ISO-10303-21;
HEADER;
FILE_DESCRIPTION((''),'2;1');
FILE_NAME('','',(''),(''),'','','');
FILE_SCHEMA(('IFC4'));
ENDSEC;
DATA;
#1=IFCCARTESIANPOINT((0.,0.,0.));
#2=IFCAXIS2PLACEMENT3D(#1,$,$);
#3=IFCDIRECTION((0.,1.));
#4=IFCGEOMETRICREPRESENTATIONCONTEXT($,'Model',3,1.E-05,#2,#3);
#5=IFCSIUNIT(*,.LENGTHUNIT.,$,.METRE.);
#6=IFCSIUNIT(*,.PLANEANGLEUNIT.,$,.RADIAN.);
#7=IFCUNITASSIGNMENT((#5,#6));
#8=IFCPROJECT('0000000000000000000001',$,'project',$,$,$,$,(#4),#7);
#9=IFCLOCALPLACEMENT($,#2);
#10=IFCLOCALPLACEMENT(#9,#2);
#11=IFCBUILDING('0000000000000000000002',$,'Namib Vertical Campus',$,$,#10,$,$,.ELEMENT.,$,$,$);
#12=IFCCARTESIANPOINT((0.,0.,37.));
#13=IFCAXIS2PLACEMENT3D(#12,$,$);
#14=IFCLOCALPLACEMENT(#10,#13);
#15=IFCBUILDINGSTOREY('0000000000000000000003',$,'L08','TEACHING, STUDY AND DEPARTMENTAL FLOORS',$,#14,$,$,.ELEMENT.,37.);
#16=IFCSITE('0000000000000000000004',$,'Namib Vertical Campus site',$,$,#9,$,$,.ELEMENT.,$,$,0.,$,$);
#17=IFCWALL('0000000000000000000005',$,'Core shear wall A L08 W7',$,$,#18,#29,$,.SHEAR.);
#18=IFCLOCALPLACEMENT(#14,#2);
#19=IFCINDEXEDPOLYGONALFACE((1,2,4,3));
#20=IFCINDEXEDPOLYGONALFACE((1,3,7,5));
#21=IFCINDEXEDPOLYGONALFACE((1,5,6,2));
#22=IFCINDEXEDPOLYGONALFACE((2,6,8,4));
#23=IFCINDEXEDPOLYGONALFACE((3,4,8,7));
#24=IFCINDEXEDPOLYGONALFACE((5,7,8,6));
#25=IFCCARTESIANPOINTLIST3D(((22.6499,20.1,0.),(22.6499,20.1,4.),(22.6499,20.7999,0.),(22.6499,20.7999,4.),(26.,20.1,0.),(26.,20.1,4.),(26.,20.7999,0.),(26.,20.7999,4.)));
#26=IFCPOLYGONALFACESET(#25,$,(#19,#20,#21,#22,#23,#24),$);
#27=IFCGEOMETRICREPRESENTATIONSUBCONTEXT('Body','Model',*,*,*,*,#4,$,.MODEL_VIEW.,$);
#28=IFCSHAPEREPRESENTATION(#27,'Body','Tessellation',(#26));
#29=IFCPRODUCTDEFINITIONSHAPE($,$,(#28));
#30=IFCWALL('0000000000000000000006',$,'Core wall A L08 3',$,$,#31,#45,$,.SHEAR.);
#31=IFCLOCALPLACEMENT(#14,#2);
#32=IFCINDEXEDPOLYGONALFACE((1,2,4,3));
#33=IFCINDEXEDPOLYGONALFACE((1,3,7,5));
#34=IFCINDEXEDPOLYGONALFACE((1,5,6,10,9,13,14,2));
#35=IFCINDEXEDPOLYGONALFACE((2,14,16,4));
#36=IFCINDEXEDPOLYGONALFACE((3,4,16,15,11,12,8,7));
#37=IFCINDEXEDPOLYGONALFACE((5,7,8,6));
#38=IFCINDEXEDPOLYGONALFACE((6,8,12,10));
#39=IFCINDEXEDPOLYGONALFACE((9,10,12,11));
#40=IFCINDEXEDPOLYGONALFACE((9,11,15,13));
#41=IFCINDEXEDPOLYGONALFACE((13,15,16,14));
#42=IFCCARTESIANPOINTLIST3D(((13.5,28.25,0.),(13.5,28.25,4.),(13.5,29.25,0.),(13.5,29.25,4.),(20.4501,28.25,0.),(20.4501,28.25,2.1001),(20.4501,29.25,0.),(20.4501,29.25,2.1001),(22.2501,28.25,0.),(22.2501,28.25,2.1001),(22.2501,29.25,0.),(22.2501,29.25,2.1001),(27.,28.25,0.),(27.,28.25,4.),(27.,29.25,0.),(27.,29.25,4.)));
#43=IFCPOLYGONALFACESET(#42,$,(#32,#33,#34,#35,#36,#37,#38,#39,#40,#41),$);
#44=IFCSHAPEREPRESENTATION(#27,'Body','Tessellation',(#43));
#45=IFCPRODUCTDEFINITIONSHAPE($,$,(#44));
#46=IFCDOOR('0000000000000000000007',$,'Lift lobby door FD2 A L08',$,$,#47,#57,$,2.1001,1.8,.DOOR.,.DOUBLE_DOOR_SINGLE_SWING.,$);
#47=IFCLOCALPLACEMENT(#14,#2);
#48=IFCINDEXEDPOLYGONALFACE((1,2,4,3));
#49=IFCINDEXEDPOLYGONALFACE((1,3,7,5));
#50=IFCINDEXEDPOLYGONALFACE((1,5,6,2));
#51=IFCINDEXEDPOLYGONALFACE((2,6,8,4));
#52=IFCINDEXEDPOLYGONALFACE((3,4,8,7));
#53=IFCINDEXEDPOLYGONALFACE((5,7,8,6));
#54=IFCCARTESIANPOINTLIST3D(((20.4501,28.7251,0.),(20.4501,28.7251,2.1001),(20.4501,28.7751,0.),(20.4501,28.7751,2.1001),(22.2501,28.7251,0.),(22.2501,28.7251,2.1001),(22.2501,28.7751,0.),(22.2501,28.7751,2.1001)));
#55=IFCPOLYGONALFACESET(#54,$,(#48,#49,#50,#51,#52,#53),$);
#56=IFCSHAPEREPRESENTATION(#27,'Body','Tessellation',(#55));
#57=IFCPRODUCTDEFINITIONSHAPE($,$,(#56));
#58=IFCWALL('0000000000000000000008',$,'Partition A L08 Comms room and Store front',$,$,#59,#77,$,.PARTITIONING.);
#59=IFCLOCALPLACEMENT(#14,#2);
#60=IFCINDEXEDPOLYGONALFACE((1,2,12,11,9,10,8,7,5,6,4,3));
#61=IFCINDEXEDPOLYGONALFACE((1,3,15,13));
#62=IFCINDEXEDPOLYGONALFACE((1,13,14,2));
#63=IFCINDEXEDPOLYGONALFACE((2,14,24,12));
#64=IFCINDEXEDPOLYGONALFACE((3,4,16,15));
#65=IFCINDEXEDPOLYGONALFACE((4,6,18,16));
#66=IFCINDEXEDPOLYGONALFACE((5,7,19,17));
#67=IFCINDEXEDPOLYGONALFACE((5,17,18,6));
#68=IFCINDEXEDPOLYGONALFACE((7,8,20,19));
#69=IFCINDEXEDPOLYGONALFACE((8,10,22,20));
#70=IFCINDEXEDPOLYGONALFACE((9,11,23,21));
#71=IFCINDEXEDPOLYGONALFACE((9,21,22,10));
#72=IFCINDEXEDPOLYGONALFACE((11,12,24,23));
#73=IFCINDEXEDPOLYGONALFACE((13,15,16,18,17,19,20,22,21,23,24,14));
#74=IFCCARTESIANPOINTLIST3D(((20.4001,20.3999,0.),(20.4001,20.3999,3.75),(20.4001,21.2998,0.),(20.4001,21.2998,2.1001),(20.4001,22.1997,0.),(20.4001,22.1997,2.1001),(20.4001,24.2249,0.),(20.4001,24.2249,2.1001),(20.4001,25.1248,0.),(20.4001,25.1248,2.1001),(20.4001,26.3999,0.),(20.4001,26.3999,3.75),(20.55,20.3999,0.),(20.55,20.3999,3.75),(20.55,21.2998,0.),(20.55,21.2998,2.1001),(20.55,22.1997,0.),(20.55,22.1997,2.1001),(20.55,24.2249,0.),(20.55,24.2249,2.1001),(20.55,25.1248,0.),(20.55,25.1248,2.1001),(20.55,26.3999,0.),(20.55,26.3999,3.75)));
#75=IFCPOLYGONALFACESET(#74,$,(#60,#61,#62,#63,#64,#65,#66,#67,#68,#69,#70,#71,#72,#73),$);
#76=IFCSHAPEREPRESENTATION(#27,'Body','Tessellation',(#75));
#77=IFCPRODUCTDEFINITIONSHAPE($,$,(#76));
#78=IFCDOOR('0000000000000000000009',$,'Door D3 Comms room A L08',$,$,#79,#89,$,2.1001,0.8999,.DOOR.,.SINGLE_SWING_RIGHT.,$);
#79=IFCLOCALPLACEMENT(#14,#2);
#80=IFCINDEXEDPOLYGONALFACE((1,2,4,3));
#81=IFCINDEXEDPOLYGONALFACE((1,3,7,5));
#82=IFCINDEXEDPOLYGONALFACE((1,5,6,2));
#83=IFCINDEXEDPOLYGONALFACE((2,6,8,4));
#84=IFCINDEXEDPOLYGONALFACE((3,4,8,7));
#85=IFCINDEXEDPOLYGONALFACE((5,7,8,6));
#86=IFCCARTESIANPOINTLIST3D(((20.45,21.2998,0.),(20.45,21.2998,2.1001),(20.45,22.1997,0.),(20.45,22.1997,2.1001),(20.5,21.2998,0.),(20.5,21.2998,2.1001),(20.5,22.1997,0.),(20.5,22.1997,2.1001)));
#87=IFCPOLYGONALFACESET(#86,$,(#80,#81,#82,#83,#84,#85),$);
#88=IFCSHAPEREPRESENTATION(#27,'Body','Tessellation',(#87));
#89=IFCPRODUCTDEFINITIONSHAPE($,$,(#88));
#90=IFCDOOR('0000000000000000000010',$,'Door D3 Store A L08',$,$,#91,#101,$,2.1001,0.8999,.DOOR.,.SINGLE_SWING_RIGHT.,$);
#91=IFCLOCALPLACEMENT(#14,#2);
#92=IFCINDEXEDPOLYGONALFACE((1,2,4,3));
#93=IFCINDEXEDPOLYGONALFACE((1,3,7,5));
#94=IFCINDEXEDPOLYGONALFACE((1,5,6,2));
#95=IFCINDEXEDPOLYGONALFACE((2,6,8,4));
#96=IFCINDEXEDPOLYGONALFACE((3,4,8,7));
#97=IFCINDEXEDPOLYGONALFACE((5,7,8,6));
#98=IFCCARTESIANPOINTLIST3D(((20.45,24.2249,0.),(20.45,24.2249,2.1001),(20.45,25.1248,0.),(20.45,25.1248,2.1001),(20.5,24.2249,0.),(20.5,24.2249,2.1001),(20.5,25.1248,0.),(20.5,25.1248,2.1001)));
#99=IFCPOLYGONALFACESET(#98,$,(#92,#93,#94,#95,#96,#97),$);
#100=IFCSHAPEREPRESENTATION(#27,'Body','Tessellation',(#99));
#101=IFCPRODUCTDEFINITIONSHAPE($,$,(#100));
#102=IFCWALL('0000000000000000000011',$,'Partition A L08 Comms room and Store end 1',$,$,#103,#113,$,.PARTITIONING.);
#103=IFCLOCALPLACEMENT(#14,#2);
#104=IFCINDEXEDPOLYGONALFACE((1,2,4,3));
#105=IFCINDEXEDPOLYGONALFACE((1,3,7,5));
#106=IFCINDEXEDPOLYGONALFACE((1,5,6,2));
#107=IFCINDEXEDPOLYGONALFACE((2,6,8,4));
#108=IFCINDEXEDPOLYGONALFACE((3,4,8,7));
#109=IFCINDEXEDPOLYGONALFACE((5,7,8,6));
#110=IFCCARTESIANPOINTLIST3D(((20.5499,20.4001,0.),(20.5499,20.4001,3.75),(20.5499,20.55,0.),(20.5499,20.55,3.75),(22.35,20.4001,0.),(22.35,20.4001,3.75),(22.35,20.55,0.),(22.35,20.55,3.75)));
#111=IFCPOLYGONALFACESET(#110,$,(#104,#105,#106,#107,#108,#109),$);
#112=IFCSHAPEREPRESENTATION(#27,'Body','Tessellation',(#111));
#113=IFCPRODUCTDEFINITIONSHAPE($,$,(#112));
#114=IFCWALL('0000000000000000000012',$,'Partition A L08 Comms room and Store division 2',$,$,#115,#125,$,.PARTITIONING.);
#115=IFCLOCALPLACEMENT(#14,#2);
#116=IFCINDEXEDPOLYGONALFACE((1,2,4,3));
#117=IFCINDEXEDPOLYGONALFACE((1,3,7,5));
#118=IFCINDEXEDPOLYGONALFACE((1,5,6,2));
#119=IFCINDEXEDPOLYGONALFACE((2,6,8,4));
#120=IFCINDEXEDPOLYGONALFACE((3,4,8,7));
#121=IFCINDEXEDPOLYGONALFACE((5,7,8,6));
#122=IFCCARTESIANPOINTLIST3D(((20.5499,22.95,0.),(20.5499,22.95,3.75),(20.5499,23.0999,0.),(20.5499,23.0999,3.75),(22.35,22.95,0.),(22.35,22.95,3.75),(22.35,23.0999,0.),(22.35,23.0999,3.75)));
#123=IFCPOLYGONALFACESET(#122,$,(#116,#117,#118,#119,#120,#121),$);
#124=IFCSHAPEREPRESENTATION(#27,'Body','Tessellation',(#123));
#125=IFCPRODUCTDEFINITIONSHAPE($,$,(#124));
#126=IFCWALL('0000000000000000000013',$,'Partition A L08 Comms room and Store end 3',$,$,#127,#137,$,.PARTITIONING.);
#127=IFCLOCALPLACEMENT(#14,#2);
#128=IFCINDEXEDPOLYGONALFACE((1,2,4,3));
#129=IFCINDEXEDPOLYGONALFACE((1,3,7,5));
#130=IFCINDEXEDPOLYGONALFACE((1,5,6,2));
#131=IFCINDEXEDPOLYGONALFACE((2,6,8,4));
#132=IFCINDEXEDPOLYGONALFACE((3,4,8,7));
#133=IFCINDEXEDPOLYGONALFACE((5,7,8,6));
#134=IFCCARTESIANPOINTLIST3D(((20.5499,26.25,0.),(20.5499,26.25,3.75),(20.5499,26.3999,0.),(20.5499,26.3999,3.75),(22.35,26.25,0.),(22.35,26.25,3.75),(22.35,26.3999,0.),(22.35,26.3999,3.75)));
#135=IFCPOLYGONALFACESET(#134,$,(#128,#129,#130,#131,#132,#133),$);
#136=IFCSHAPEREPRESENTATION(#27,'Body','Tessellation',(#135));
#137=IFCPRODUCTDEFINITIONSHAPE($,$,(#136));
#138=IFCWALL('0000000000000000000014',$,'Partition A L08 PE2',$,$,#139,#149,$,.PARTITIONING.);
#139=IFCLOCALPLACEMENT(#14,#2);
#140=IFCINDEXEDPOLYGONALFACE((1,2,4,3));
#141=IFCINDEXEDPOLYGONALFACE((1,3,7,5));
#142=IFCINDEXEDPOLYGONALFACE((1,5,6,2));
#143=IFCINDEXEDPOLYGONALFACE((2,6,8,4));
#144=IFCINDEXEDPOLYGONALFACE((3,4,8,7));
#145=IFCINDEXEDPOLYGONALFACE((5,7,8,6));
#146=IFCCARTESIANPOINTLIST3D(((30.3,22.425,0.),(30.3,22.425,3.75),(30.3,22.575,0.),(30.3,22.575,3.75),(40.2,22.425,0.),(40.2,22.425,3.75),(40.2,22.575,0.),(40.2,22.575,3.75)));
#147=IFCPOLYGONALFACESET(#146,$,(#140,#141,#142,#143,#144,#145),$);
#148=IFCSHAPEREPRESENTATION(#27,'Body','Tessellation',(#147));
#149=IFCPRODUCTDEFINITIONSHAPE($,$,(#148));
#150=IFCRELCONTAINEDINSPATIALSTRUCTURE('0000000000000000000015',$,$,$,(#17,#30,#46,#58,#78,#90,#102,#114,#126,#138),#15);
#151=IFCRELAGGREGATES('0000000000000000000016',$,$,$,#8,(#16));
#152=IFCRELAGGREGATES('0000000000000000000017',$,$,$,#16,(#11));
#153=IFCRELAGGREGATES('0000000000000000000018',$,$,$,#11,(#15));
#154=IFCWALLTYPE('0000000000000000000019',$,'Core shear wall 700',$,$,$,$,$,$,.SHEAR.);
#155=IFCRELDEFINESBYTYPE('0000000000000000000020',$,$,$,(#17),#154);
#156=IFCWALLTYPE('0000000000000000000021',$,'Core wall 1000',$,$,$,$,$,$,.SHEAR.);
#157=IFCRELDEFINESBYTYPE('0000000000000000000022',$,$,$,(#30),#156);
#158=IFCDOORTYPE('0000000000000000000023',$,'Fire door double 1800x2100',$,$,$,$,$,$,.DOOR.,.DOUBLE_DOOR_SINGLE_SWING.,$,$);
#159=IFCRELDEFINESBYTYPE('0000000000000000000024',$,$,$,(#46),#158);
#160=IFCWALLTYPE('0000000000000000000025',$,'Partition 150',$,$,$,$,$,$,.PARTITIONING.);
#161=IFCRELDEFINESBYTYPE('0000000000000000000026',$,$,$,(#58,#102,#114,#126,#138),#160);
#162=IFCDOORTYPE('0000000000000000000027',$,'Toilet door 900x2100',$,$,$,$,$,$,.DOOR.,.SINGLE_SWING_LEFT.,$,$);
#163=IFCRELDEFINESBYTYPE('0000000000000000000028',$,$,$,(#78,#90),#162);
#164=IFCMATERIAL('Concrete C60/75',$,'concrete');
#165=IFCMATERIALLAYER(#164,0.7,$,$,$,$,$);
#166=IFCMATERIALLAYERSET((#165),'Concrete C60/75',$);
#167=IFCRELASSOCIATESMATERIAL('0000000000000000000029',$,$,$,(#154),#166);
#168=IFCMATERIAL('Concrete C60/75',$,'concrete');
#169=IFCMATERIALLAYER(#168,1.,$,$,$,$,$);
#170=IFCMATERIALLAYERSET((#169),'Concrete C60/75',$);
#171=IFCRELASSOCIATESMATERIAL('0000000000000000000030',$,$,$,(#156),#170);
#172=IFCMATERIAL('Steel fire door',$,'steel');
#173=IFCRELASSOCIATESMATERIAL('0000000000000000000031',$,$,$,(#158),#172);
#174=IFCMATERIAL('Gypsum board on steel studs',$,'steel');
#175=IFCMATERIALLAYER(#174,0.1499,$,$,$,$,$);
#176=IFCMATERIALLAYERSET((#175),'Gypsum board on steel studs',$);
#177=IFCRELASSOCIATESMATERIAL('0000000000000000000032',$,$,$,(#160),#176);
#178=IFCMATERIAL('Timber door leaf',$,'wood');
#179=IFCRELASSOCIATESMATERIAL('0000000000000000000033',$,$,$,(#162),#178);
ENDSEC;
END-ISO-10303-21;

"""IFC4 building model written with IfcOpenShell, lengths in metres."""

from ifc_helpers import new_model, si_unit, direction, frame, frame_2d, origin, place, context, subcontext, project, spatial, rectangle, extrude, material, layer, layer_set, type_object, element, fill, save


model = new_model("IFC4")

# Units and contexts
model_context = context("Model", 3, precision=1e-05, world=origin(), true_north=direction((0.0, 1.0)))
body_context = subcontext(model_context, "Body", "Model", "MODEL_VIEW")
ifc_project = project(units=[si_unit("LENGTHUNIT", "METRE"), si_unit("PLANEANGLEUNIT", "RADIAN")], contexts=[model_context])

# Site, building, storey
site_placement = place(None, origin())
site = spatial("IfcSite", under=ifc_project, at=site_placement, Name="Namib Vertical Campus site", CompositionType="ELEMENT", RefElevation=0.0)
building_placement = place(site_placement, origin())
building = spatial("IfcBuilding", under=site, at=building_placement, Name="Namib Vertical Campus", CompositionType="ELEMENT")
storey_placement = place(building_placement, frame((0.0, 0.0, 37.0)))
storey = spatial("IfcBuildingStorey", under=building, at=storey_placement, Name="L08", Description="TEACHING, STUDY AND DEPARTMENTAL FLOORS", CompositionType="ELEMENT", Elevation=37.0)

# Wall
ifc_material_1 = material(Name="Concrete C60/75", Category="concrete")
ifc_layer_1 = layer(ifc_material_1, 0.7)
ifc_layer_set_1 = layer_set([ifc_layer_1], Name="Concrete C60/75")
wall_type_1 = type_object("IfcWallType", Name="Core shear wall 700", PredefinedType="SHEAR", material=ifc_layer_set_1)
wall_1_placement = place(storey_placement, frame((22.6499, 20.45, 0.0), z_axis=(0.0, 0.0, 1.0), x_axis=(1.0, 0.0, 0.0)))
element("IfcWall", 1, at=wall_1_placement, inside=storey, type_object=wall_type_1, Name="Core shear wall A L08 W7", PredefinedType="SHEAR", context=body_context, shape_type="SweptSolid", body=[
    extrude(rectangle(XDim=3.3501, YDim=0.7, at=frame_2d((1.675, 0.0))), origin(), (0.0, 0.0, 1.0), 4.0),
])

# Wall, opening, door
ifc_material_2 = material(Name="Concrete C60/75", Category="concrete")
ifc_layer_2 = layer(ifc_material_2, 1.0)
ifc_layer_set_2 = layer_set([ifc_layer_2], Name="Concrete C60/75")
wall_type_2 = type_object("IfcWallType", Name="Core wall 1000", PredefinedType="SHEAR", material=ifc_layer_set_2)
wall_2_placement = place(storey_placement, frame((27.0, 28.75, 0.0), z_axis=(0.0, 0.0, 1.0), x_axis=(-1.0, 0.0, 0.0)))
wall_2 = element("IfcWall", 2, at=wall_2_placement, inside=storey, type_object=wall_type_2, Name="Core wall A L08 3", PredefinedType="SHEAR", context=body_context, shape_type="SweptSolid", body=[
    extrude(rectangle(XDim=13.5, YDim=1.0, at=frame_2d((6.75, 0.0))), origin(), (0.0, 0.0, 1.0), 4.0),
])
opening_1_placement = place(wall_2_placement, frame((4.75, 0.0, 0.0)))
opening_1 = element("IfcOpeningElement", 3, at=opening_1_placement, cuts=wall_2, PredefinedType="OPENING", context=body_context, shape_type="SweptSolid", body=[
    extrude(rectangle(XDim=1.8, YDim=2.1001, at=frame_2d((0.8999, 1.05))), frame((0.0, 0.51, 0.0), z_axis=(0.0, -1.0, 0.0), x_axis=(1.0, 0.0, 0.0)), (0.0, 0.0, 1.0), 1.02),
])
ifc_material_3 = material(Name="Steel fire door", Category="steel")
door_type_1 = type_object("IfcDoorType", Name="Fire door double 1800x2100", OperationType="DOUBLE_DOOR_SINGLE_SWING", PredefinedType="DOOR", material=ifc_material_3)
door_1_placement = place(opening_1_placement, origin())
door_1 = element("IfcDoor", 4, at=door_1_placement, inside=storey, type_object=door_type_1, Name="Lift lobby door FD2 A L08", OperationType="DOUBLE_DOOR_SINGLE_SWING", OverallHeight=2.1001, OverallWidth=1.8, PredefinedType="DOOR", context=body_context, shape_type="SweptSolid", body=[
    extrude(rectangle(XDim=1.8, YDim=2.1001, at=frame_2d((0.8999, 1.05))), frame((0.0, 0.0249, 0.0), z_axis=(0.0, -1.0, 0.0), x_axis=(1.0, 0.0, 0.0)), (0.0, 0.0, 1.0), 0.05),
])
fill(opening_1, door_1)

# Wall, openings, doors
ifc_material_4 = material(Name="Gypsum board on steel studs", Category="steel")
ifc_layer_3 = layer(ifc_material_4, 0.1499)
ifc_layer_set_3 = layer_set([ifc_layer_3], Name="Gypsum board on steel studs")
wall_type_3 = type_object("IfcWallType", Name="Partition 150", PredefinedType="PARTITIONING", material=ifc_layer_set_3)
wall_3_placement = place(storey_placement, frame((20.4751, 20.3999, 0.0), z_axis=(0.0, 0.0, 1.0), x_axis=(0.0, 1.0, 0.0)))
wall_3 = element("IfcWall", 5, at=wall_3_placement, inside=storey, type_object=wall_type_3, Name="Partition A L08 Comms room and Store front", PredefinedType="PARTITIONING", context=body_context, shape_type="SweptSolid", body=[
    extrude(rectangle(XDim=6.0, YDim=0.1499, at=frame_2d((3.0, 0.0))), origin(), (0.0, 0.0, 1.0), 3.75),
])
opening_2_placement = place(wall_3_placement, frame((0.8999, 0.0, 0.0)))
opening_2 = element("IfcOpeningElement", 6, at=opening_2_placement, cuts=wall_3, PredefinedType="OPENING", context=body_context, shape_type="SweptSolid", body=[
    extrude(rectangle(XDim=0.8999, YDim=2.1001, at=frame_2d((0.45, 1.05))), frame((0.0, 0.085, 0.0), z_axis=(0.0, -1.0, 0.0), x_axis=(1.0, 0.0, 0.0)), (0.0, 0.0, 1.0), 0.1699),
])
opening_3_placement = place(wall_3_placement, frame((3.825, 0.0, 0.0)))
opening_3 = element("IfcOpeningElement", 7, at=opening_3_placement, cuts=wall_3, PredefinedType="OPENING", context=body_context, shape_type="SweptSolid", body=[
    extrude(rectangle(XDim=0.8999, YDim=2.1001, at=frame_2d((0.45, 1.05))), frame((0.0, 0.085, 0.0), z_axis=(0.0, -1.0, 0.0), x_axis=(1.0, 0.0, 0.0)), (0.0, 0.0, 1.0), 0.1699),
])
ifc_material_5 = material(Name="Timber door leaf", Category="wood")
door_type_2 = type_object("IfcDoorType", Name="Toilet door 900x2100", OperationType="SINGLE_SWING_LEFT", PredefinedType="DOOR", material=ifc_material_5)
door_2_placement = place(opening_2_placement, frame((0.8999, 0.0, 0.0), z_axis=(0.0, 0.0, 1.0), x_axis=(-1.0, 0.0, 0.0)))
door_2 = element("IfcDoor", 8, at=door_2_placement, inside=storey, type_object=door_type_2, Name="Door D3 Comms room A L08", OperationType="SINGLE_SWING_RIGHT", OverallHeight=2.1001, OverallWidth=0.8999, PredefinedType="DOOR", context=body_context, shape_type="SweptSolid", body=[
    extrude(rectangle(XDim=0.8999, YDim=2.1001, at=frame_2d((0.45, 1.05))), frame((0.0, 0.0249, 0.0), z_axis=(0.0, -1.0, 0.0), x_axis=(1.0, 0.0, 0.0)), (0.0, 0.0, 1.0), 0.05),
])
fill(opening_2, door_2)
door_3_placement = place(opening_3_placement, frame((0.8999, 0.0, 0.0), z_axis=(0.0, 0.0, 1.0), x_axis=(-1.0, 0.0, 0.0)))
door_3 = element("IfcDoor", 9, at=door_3_placement, inside=storey, type_object=door_type_2, Name="Door D3 Store A L08", OperationType="SINGLE_SWING_RIGHT", OverallHeight=2.1001, OverallWidth=0.8999, PredefinedType="DOOR", context=body_context, shape_type="SweptSolid", body=[
    extrude(rectangle(XDim=0.8999, YDim=2.1001, at=frame_2d((0.45, 1.05))), frame((0.0, 0.0249, 0.0), z_axis=(0.0, -1.0, 0.0), x_axis=(1.0, 0.0, 0.0)), (0.0, 0.0, 1.0), 0.05),
])
fill(opening_3, door_3)

# Walls
for number, where, z_axis, x_axis, name in (
    (10, (20.55, 20.4751, 0.0), (0.0, 0.0, 1.0), (1.0, 0.0, 0.0), "Partition A L08 Comms room and Store end 1"),
    (11, (20.55, 23.0249, 0.0), (0.0, 0.0, 1.0), (1.0, 0.0, 0.0), "Partition A L08 Comms room and Store division 2"),
    (12, (20.55, 26.325, 0.0), (0.0, 0.0, 1.0), (1.0, 0.0, 0.0), "Partition A L08 Comms room and Store end 3"),
):
    element("IfcWall", number, at=place(storey_placement, frame(where, z_axis=z_axis, x_axis=x_axis)), inside=storey, type_object=wall_type_3, Name=name, PredefinedType="PARTITIONING", context=body_context, shape_type="SweptSolid", body=[
        extrude(rectangle(XDim=1.8, YDim=0.1499, at=frame_2d((0.8999, 0.0))), origin(), (0.0, 0.0, 1.0), 3.75),
    ])
wall_4_placement = place(storey_placement, frame((30.3, 22.5, 0.0), z_axis=(0.0, 0.0, 1.0), x_axis=(1.0, 0.0, 0.0)))
element("IfcWall", 13, at=wall_4_placement, inside=storey, type_object=wall_type_3, Name="Partition A L08 PE2", PredefinedType="PARTITIONING", context=body_context, shape_type="SweptSolid", body=[
    extrude(rectangle(XDim=9.8999, YDim=0.1499, at=frame_2d((4.95, 0.0))), origin(), (0.0, 0.0, 1.0), 3.75),
])

save(model, "model.ifc")
